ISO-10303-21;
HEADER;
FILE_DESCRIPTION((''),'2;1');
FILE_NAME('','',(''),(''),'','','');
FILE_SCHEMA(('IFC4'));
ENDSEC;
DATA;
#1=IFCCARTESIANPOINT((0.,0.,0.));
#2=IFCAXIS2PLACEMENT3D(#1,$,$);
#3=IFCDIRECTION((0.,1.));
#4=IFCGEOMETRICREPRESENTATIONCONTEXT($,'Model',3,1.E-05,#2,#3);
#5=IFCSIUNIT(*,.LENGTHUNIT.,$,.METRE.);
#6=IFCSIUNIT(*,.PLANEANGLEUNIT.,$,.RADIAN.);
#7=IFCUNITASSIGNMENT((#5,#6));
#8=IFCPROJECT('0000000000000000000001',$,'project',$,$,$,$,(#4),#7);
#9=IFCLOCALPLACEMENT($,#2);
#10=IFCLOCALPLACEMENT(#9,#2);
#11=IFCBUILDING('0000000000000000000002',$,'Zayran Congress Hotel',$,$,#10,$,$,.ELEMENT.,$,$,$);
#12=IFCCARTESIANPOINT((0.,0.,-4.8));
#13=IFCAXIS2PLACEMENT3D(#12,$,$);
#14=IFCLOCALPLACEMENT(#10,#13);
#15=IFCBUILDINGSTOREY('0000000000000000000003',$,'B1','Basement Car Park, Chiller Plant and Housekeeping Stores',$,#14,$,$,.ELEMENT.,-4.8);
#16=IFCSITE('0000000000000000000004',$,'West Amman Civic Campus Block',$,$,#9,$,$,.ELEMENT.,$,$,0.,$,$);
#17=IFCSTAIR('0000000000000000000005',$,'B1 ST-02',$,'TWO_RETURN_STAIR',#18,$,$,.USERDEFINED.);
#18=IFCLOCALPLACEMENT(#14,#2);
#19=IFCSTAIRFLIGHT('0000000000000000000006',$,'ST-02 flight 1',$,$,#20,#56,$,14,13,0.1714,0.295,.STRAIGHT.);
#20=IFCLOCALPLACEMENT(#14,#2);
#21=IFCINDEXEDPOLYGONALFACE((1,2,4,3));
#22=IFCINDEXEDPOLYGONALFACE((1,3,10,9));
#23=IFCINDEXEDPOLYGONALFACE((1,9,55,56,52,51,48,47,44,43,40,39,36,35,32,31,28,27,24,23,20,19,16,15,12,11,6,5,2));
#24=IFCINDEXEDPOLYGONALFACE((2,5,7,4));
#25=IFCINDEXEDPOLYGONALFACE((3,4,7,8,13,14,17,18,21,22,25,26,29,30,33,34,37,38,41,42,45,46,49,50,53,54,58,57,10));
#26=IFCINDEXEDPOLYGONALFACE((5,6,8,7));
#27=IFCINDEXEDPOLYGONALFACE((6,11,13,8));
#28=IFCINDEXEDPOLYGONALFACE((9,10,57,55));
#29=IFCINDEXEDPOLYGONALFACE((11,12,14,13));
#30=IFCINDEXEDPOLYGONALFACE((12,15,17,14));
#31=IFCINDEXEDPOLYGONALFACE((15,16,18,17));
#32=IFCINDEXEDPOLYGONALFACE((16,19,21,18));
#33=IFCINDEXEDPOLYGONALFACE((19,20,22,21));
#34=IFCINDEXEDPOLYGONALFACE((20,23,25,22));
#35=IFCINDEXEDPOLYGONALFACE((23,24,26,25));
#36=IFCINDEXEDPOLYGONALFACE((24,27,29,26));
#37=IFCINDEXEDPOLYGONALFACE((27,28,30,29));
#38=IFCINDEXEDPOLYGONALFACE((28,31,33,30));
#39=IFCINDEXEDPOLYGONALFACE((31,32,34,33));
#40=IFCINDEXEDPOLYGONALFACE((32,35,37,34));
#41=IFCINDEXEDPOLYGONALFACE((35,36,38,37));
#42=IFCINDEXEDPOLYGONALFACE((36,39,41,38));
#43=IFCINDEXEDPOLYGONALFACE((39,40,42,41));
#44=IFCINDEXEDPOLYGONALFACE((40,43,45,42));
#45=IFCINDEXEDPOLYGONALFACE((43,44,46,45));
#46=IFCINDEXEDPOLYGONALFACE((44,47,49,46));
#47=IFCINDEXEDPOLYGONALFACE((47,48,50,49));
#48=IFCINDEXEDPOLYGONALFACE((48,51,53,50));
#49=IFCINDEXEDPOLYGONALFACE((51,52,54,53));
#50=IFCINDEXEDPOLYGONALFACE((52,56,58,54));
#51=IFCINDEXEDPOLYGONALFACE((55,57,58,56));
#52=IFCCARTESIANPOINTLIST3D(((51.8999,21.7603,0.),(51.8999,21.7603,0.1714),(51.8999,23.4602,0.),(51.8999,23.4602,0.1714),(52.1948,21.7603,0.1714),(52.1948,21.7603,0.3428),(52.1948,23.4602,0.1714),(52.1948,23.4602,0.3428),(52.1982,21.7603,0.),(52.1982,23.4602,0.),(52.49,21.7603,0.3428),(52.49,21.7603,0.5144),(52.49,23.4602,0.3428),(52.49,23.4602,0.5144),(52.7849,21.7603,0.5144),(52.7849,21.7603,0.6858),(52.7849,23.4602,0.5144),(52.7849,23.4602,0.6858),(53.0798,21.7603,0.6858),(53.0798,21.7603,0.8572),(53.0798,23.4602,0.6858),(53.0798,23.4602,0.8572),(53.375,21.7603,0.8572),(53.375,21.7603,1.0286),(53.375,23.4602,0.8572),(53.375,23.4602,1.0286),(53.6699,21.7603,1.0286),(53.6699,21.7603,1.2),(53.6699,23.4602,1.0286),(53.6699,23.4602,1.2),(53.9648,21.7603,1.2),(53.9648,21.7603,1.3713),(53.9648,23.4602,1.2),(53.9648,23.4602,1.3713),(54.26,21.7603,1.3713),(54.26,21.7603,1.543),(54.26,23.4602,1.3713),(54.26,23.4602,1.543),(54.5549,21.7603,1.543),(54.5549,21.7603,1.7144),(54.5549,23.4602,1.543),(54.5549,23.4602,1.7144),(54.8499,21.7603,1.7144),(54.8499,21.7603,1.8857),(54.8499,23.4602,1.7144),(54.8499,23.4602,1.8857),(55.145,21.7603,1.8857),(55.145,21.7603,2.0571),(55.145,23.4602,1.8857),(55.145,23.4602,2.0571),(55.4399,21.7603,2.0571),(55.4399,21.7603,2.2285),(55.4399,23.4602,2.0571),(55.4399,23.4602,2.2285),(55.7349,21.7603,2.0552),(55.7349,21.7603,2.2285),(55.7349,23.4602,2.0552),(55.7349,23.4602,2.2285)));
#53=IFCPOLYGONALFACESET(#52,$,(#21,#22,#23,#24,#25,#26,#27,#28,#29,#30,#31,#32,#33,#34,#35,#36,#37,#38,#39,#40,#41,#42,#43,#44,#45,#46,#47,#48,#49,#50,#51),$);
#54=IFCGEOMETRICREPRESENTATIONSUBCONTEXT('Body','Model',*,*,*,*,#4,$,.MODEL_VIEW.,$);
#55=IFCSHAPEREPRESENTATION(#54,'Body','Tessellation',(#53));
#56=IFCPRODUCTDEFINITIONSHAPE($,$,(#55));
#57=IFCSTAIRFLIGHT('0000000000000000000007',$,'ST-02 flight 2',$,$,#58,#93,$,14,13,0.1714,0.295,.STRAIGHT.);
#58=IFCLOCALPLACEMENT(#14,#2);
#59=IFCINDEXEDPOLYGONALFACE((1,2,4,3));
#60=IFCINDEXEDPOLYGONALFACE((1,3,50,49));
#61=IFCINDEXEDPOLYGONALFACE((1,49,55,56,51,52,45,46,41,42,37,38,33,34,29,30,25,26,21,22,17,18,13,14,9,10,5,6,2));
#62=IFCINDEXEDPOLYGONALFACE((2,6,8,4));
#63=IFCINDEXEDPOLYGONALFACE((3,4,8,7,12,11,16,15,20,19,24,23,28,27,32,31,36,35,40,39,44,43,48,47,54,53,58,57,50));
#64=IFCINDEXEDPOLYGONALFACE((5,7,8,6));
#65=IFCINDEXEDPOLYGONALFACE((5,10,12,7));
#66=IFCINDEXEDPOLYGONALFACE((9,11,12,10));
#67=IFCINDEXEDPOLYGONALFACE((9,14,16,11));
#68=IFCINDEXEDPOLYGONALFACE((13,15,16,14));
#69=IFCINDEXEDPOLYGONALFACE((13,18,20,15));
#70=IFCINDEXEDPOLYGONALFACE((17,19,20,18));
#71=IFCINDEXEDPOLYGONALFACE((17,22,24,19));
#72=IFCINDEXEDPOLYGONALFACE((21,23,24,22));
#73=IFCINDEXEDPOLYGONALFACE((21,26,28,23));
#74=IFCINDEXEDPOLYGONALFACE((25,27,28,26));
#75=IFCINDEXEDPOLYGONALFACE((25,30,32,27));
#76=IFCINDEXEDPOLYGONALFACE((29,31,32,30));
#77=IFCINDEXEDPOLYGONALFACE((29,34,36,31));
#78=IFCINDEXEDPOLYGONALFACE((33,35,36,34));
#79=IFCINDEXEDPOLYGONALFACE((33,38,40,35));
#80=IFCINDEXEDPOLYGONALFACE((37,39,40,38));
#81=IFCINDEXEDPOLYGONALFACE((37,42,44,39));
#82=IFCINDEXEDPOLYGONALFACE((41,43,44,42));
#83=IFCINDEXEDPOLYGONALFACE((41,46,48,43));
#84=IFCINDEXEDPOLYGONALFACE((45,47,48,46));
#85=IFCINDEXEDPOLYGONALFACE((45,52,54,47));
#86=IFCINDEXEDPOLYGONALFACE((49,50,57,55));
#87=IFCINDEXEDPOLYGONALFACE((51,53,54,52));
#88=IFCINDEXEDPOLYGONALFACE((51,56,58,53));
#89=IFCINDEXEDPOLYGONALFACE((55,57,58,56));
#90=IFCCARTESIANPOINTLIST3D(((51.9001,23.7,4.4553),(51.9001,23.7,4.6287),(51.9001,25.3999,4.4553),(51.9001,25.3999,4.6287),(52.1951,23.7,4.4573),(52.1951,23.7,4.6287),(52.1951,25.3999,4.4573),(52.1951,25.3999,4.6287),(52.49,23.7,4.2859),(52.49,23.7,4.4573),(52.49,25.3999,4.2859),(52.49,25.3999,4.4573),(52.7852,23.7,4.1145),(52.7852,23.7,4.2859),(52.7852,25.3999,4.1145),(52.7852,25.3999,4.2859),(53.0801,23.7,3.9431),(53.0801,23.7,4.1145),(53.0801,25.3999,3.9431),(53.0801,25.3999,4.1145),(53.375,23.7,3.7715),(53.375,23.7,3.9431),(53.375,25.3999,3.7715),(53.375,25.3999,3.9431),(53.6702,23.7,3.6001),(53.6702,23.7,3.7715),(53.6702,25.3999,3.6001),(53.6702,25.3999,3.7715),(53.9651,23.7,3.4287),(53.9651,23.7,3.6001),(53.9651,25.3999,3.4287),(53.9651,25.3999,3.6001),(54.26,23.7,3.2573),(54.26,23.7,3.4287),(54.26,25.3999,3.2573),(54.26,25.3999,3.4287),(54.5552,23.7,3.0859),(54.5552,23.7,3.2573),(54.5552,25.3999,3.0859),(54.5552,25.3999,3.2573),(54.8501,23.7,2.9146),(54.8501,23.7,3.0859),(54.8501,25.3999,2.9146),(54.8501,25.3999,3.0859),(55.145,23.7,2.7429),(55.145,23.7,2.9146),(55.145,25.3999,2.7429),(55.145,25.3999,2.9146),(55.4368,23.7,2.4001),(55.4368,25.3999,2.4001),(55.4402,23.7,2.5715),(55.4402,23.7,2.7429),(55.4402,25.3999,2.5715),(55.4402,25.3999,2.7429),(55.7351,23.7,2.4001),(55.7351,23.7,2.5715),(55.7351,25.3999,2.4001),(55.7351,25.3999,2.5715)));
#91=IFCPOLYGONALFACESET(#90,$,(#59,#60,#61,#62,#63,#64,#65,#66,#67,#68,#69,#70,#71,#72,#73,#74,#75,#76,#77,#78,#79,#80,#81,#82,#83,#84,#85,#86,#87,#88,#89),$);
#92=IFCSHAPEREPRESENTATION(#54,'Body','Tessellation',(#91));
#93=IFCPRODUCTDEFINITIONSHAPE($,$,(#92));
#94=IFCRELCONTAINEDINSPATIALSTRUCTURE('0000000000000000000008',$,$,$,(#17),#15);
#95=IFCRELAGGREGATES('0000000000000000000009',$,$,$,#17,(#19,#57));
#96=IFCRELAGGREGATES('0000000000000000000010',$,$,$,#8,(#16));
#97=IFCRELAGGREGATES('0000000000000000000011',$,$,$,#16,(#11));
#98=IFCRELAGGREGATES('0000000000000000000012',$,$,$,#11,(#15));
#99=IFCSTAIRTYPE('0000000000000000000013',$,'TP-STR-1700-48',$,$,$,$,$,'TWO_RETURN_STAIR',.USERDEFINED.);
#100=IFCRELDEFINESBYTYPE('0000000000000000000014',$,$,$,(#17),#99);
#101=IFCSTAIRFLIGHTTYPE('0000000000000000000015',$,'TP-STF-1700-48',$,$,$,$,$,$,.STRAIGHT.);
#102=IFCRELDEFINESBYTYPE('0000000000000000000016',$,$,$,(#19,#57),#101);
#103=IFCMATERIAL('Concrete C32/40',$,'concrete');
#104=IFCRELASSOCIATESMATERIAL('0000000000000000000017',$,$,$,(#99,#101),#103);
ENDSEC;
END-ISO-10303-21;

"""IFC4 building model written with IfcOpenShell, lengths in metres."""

from ifc_helpers import new_model, si_unit, direction, frame, origin, place, context, subcontext, project, spatial, polyline, outline, extrude, material, type_object, element, aggregate, save


model = new_model("IFC4")

# Units and contexts
model_context = context("Model", 3, precision=1e-05, world=origin(), true_north=direction((0.0, 1.0)))
body_context = subcontext(model_context, "Body", "Model", "MODEL_VIEW")
ifc_project = project(units=[si_unit("LENGTHUNIT", "METRE"), si_unit("PLANEANGLEUNIT", "RADIAN")], contexts=[model_context])

# Site, building, storey
site_placement = place(None, origin())
site = spatial("IfcSite", under=ifc_project, at=site_placement, Name="West Amman Civic Campus Block", CompositionType="ELEMENT", RefElevation=0.0)
building_placement = place(site_placement, origin())
building = spatial("IfcBuilding", under=site, at=building_placement, Name="Zayran Congress Hotel", CompositionType="ELEMENT")
storey_placement = place(building_placement, frame((0.0, 0.0, -4.8)))
storey = spatial("IfcBuildingStorey", under=building, at=storey_placement, Name="B1", Description="Basement Car Park, Chiller Plant and Housekeeping Stores", CompositionType="ELEMENT", Elevation=-4.8)

# Stair, stair flights
ifc_material_1 = material(Name="Concrete C32/40", Category="concrete")
stair_type = type_object("IfcStairType", Name="TP-STR-1700-48", ElementType="TWO_RETURN_STAIR", PredefinedType="USERDEFINED", material=ifc_material_1)
stair_placement = place(storey_placement, origin())
stair = element("IfcStair", 1, at=stair_placement, inside=storey, type_object=stair_type, Name="B1 ST-02", ObjectType="TWO_RETURN_STAIR", PredefinedType="USERDEFINED")
stair_flight_type = type_object("IfcStairFlightType", Name="TP-STF-1700-48", PredefinedType="STRAIGHT", material=ifc_material_1)
stair_flight_1_placement = place(storey_placement, frame((51.8999, 22.6101, 0.0), z_axis=(0.0, 0.0, 1.0), x_axis=(1.0, 0.0, 0.0)))
stair_flight_1 = element("IfcStairFlight", 2, at=stair_flight_1_placement, type_object=stair_flight_type, Name="ST-02 flight 1", NumberOfRisers=14, NumberOfTreads=13, PredefinedType="STRAIGHT", RiserHeight=0.1714, TreadLength=0.295, context=body_context, shape_type="SweptSolid", body=[
    extrude(outline(polyline([(0.0, 0.0), (0.0, 0.1714), (0.2949, 0.1714), (0.2949, 0.3428), (0.5901, 0.3428), (0.5901, 0.5144), (0.885, 0.5144), (0.885, 0.6858), (1.1799, 0.6858), (1.1799, 0.8572), (1.4751, 0.8572), (1.4751, 1.0286), (1.77, 1.0286), (1.77, 1.2), (2.0649, 1.2), (2.0649, 1.3713), (2.3601, 1.3713), (2.3601, 1.543), (2.655, 1.543), (2.655, 1.7144), (2.95, 1.7144), (2.95, 1.8857), (3.2451, 1.8857), (3.2451, 2.0571), (3.54, 2.0571), (3.54, 2.2285), (3.835, 2.2285), (3.835, 2.3999), (3.835, 2.0552), (0.2983, 0.0), (0.0, 0.0)])), frame((0.0, 0.8501, 0.0), z_axis=(0.0, -1.0, 0.0), x_axis=(1.0, 0.0, 0.0)), (0.0, 0.0, 1.0), 1.7),
])
stair_flight_2_placement = place(storey_placement, frame((55.7351, 24.55, 2.4001), z_axis=(0.0, 0.0, 1.0), x_axis=(-1.0, 0.0, 0.0)))
stair_flight_2 = element("IfcStairFlight", 3, at=stair_flight_2_placement, type_object=stair_flight_type, Name="ST-02 flight 2", NumberOfRisers=14, NumberOfTreads=13, PredefinedType="STRAIGHT", RiserHeight=0.1714, TreadLength=0.295, context=body_context, shape_type="SweptSolid", body=[
    extrude(outline(polyline([(0.0, 0.0), (0.0, 0.1714), (0.2949, 0.1714), (0.2949, 0.3428), (0.5901, 0.3428), (0.5901, 0.5144), (0.885, 0.5144), (0.885, 0.6858), (1.1799, 0.6858), (1.1799, 0.8572), (1.4751, 0.8572), (1.4751, 1.0286), (1.77, 1.0286), (1.77, 1.2), (2.0649, 1.2), (2.0649, 1.3713), (2.3601, 1.3713), (2.3601, 1.543), (2.655, 1.543), (2.655, 1.7144), (2.95, 1.7144), (2.95, 1.8857), (3.2451, 1.8857), (3.2451, 2.0571), (3.54, 2.0571), (3.54, 2.2285), (3.835, 2.2285), (3.835, 2.3999), (3.835, 2.0552), (0.2983, 0.0), (0.0, 0.0)])), frame((0.0, 0.8501, 0.0), z_axis=(0.0, -1.0, 0.0), x_axis=(1.0, 0.0, 0.0)), (0.0, 0.0, 1.0), 1.7),
])
aggregate(stair, [stair_flight_1, stair_flight_2])

save(model, "model.ifc")
